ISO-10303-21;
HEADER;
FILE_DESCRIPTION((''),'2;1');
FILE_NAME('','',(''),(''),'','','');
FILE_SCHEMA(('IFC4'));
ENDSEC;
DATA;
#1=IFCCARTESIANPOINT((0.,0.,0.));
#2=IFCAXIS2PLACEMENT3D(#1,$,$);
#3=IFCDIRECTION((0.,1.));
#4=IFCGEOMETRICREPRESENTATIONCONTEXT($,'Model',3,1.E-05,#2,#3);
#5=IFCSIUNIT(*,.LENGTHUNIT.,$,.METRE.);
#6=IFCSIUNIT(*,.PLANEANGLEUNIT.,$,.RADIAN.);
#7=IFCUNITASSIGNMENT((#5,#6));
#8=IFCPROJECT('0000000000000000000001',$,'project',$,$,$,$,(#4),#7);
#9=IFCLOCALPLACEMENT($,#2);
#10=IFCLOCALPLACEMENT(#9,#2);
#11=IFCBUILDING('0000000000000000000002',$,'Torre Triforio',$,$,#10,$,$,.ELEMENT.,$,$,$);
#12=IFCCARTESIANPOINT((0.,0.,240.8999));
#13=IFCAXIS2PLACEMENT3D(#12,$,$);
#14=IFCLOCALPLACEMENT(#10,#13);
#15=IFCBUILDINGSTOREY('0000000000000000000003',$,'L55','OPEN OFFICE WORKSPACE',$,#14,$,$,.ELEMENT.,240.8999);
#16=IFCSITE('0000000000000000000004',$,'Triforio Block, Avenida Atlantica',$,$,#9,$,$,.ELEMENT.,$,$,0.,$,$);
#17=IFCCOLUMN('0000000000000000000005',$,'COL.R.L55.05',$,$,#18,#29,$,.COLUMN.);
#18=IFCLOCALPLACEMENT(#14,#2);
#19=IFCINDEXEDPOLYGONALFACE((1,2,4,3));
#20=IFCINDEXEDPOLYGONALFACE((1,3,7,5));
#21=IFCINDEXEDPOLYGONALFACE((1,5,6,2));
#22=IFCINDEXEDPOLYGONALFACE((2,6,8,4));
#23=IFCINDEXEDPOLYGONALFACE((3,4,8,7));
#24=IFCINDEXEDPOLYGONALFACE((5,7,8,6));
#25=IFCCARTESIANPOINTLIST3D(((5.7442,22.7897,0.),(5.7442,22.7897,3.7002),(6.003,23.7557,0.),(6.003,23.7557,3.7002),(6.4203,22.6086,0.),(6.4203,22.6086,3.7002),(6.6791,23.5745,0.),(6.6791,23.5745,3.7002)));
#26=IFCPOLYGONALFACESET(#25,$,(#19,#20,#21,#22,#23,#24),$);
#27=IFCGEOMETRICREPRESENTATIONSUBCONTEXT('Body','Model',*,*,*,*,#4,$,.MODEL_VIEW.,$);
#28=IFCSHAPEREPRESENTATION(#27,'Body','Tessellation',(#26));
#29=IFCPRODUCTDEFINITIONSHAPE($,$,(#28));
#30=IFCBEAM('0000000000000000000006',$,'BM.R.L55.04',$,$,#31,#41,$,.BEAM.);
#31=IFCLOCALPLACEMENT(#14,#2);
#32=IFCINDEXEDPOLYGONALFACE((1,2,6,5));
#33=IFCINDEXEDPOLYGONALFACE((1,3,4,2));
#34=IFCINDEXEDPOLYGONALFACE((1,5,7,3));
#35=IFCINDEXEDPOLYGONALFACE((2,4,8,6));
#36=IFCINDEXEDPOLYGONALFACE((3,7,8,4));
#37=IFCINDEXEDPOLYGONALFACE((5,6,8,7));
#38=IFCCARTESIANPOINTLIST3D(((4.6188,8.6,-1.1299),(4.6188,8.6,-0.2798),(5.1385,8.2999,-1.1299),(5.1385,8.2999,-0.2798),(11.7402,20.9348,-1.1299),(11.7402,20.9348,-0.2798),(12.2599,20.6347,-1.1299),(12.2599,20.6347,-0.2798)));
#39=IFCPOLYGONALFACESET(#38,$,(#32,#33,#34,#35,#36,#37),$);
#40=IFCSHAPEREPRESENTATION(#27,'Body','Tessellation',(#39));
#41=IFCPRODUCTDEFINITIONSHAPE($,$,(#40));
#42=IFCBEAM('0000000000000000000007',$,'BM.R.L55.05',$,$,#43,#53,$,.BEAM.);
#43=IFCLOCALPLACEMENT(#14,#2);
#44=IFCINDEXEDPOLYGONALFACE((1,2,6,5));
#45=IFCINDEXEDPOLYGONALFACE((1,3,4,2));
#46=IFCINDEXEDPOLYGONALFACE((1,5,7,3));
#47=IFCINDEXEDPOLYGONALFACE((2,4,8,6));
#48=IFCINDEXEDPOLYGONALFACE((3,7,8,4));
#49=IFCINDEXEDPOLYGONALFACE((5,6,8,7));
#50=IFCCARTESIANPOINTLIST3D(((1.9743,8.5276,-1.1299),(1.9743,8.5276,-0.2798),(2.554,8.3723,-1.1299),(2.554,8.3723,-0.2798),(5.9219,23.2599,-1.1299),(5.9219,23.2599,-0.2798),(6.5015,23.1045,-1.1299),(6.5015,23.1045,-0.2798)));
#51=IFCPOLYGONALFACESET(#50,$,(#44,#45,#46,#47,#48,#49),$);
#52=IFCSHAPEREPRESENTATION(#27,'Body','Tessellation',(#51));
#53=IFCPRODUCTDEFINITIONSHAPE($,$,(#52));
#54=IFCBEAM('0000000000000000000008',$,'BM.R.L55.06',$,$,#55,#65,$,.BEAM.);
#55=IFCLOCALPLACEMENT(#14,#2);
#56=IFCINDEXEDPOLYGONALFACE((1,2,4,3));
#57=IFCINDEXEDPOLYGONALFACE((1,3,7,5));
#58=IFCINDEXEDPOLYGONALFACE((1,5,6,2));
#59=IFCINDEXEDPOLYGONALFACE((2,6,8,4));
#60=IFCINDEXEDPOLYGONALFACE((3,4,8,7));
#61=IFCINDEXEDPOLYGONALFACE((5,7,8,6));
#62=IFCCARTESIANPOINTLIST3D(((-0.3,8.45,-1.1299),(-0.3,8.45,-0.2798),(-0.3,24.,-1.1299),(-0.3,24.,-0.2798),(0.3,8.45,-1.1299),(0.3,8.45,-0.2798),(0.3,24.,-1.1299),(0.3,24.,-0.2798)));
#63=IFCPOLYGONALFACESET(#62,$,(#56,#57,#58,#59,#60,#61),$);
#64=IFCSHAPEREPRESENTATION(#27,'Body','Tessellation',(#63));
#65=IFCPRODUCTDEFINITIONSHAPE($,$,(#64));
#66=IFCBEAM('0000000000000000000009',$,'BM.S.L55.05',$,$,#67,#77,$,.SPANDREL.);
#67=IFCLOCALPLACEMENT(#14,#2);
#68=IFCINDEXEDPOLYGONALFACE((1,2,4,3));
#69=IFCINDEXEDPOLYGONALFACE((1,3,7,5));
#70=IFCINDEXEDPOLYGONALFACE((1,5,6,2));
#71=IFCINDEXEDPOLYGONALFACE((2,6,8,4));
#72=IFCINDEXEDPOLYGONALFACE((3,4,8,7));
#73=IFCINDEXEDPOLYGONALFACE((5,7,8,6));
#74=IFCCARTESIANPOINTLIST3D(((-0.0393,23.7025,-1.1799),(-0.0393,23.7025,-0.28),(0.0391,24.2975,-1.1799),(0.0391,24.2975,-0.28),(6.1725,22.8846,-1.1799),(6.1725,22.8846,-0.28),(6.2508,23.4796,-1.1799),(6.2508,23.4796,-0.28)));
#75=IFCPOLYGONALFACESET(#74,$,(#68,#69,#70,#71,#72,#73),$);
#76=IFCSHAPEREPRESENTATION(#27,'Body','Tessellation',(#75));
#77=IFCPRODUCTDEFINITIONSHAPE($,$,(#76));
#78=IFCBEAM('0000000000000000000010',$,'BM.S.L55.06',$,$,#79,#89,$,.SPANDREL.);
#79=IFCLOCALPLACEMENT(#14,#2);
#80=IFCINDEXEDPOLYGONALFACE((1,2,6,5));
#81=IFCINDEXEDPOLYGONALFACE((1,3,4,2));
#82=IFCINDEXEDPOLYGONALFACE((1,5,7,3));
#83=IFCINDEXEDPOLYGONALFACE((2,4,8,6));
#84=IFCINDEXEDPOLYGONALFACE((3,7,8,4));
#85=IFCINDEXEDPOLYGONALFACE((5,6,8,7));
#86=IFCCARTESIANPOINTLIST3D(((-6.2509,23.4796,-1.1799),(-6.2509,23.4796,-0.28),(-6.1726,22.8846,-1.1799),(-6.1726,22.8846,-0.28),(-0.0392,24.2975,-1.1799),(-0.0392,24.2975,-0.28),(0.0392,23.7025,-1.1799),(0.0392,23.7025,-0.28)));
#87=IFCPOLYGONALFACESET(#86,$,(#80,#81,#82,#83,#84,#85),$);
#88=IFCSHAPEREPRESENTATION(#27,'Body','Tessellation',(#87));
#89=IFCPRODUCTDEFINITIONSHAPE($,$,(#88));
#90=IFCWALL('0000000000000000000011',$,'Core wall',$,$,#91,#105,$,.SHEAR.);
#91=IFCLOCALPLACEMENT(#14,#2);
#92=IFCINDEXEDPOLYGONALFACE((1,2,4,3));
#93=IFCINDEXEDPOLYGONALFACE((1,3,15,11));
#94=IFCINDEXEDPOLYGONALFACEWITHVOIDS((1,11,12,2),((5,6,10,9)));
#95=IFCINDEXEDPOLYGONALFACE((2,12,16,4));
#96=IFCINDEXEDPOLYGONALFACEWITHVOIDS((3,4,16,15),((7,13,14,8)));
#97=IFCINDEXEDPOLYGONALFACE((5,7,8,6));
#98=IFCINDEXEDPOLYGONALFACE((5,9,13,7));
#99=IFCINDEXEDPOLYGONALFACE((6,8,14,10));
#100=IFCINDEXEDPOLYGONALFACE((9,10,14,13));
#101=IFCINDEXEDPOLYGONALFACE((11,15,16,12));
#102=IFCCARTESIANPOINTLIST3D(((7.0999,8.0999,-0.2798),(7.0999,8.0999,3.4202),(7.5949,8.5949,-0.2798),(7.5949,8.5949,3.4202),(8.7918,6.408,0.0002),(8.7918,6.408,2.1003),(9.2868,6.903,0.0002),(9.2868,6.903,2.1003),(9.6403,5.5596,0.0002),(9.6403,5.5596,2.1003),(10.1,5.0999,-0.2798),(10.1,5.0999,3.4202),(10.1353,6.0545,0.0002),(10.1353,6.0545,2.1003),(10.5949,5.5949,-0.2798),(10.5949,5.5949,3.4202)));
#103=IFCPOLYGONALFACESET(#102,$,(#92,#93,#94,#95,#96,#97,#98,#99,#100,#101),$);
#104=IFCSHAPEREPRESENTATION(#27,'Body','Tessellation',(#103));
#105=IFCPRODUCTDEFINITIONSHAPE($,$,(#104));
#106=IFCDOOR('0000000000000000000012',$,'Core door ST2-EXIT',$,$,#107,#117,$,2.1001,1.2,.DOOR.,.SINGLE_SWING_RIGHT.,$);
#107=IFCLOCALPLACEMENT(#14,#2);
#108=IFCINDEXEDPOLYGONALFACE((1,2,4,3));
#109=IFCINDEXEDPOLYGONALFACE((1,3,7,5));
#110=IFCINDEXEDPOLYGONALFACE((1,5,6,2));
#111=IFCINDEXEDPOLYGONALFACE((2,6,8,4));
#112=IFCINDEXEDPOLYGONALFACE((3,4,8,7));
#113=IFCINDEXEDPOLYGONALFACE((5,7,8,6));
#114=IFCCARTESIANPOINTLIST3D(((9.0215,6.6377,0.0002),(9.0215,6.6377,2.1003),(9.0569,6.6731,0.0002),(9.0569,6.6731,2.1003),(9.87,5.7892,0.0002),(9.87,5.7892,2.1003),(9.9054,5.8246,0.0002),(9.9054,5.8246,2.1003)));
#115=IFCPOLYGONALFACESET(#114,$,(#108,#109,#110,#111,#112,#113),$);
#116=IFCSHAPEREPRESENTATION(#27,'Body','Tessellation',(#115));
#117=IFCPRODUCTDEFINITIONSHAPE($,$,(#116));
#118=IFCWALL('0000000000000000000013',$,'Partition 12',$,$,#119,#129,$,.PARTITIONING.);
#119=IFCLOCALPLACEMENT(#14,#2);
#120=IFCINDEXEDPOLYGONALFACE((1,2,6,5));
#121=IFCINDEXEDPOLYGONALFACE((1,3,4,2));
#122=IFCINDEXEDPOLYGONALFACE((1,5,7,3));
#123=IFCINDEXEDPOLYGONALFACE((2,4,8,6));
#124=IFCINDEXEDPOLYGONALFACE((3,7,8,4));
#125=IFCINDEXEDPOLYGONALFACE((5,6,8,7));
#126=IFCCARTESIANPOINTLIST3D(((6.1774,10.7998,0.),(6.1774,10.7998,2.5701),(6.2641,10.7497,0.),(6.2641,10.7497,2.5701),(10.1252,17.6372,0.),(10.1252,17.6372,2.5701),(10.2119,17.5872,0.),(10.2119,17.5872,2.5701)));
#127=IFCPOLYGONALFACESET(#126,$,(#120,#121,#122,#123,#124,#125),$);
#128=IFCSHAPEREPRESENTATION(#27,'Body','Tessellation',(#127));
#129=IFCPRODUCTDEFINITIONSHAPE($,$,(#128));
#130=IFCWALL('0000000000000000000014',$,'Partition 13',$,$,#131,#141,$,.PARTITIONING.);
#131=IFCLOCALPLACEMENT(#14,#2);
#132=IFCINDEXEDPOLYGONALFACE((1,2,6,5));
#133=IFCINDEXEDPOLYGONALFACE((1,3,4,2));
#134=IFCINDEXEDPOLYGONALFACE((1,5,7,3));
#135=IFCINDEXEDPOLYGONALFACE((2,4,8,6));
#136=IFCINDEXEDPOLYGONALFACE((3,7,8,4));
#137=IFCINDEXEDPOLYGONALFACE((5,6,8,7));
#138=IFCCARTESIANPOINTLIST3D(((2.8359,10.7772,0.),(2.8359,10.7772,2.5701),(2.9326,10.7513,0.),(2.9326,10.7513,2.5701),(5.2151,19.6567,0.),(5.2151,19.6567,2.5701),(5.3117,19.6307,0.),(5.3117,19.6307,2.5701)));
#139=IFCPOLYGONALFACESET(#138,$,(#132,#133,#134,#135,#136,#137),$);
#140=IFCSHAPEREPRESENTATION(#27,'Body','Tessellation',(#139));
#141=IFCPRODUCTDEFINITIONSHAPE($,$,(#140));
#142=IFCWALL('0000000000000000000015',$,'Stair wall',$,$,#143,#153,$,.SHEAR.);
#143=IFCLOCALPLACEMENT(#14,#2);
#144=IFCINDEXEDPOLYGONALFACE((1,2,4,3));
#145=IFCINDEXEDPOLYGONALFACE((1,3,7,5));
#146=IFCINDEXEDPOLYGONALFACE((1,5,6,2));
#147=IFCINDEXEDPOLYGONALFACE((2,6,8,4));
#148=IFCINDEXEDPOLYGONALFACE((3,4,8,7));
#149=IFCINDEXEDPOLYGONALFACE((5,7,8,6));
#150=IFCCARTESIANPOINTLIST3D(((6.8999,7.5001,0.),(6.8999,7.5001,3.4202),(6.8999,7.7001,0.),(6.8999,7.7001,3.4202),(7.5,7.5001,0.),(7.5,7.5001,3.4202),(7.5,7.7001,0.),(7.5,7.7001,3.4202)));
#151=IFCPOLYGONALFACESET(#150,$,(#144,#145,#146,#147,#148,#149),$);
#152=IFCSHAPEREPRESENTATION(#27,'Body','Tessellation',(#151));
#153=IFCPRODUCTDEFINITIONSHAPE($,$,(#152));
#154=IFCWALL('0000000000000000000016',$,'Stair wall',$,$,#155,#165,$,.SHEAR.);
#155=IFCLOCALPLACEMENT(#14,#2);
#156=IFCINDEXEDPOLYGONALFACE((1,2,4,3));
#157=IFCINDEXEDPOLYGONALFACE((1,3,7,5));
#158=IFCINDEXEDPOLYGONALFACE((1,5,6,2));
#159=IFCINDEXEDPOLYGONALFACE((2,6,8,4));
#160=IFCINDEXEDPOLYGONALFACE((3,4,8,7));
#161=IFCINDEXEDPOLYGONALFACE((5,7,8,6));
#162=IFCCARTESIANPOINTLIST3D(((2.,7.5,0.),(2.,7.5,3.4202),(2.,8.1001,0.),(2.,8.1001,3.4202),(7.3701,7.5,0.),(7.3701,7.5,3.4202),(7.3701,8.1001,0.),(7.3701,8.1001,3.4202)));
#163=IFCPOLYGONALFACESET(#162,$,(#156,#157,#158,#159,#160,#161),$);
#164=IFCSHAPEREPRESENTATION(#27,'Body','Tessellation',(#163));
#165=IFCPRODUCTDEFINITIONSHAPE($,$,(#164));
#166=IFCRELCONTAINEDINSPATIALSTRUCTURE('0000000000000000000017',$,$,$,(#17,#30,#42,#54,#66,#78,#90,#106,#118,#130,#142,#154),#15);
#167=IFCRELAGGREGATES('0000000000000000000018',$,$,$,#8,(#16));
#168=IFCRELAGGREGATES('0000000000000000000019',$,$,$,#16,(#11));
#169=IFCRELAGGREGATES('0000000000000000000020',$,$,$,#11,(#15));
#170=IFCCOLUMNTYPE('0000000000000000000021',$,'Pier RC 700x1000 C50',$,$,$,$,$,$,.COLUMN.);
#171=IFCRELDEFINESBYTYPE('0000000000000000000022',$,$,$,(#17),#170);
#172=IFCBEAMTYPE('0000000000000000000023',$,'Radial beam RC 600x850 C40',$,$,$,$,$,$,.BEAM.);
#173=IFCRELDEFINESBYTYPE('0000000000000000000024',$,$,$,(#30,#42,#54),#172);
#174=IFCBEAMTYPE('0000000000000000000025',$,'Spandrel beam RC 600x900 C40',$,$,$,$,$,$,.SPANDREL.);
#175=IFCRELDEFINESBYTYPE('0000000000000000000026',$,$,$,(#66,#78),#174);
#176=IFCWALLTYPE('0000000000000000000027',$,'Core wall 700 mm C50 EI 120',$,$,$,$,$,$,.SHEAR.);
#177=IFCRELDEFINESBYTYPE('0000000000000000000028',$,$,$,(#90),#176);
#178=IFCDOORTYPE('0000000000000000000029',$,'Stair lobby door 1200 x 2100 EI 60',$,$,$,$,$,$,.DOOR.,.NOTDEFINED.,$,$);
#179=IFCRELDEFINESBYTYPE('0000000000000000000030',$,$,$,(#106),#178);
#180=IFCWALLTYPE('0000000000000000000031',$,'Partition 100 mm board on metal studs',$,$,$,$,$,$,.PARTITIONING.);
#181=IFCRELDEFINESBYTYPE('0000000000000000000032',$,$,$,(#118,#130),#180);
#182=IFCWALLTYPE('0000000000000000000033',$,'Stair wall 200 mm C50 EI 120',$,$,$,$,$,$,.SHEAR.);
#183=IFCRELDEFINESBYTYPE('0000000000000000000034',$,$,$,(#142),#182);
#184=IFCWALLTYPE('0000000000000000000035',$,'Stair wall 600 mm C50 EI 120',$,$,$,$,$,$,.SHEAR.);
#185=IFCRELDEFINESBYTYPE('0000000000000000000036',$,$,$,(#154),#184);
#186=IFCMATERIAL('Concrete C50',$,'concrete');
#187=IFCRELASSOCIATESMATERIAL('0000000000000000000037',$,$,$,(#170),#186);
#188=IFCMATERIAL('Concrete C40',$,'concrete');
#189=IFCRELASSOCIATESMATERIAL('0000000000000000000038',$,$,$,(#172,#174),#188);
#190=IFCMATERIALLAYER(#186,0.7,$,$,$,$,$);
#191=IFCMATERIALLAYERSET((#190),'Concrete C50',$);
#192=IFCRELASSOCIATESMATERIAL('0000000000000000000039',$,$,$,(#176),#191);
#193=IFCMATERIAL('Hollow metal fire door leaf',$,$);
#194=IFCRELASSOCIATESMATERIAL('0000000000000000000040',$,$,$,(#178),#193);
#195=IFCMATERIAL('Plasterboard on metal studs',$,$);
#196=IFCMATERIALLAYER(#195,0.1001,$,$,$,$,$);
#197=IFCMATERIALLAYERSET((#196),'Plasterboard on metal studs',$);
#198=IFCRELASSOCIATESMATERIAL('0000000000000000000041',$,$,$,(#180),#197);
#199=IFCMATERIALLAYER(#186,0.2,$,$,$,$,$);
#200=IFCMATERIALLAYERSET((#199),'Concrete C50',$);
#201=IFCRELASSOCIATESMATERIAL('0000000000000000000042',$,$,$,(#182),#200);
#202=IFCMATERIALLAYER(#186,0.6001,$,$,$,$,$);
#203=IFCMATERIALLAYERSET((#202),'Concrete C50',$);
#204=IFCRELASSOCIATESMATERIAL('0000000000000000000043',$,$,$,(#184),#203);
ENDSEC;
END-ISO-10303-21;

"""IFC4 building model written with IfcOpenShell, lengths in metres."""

from ifc_helpers import new_model, si_unit, direction, frame, frame_2d, origin, origin_2d, place, context, subcontext, project, spatial, rectangle, extrude, material, layer, layer_set, material_profile, profile_set, type_object, element, fill, save


model = new_model("IFC4")

# Units and contexts
model_context = context("Model", 3, precision=1e-05, world=origin(), true_north=direction((0.0, 1.0)))
body_context = subcontext(model_context, "Body", "Model", "MODEL_VIEW")
ifc_project = project(units=[si_unit("LENGTHUNIT", "METRE"), si_unit("PLANEANGLEUNIT", "RADIAN")], contexts=[model_context])

# Site, building, storey
site_placement = place(None, origin())
site = spatial("IfcSite", under=ifc_project, at=site_placement, Name="Triforio Block, Avenida Atlantica", CompositionType="ELEMENT", RefElevation=0.0)
building_placement = place(site_placement, origin())
building = spatial("IfcBuilding", under=site, at=building_placement, Name="Torre Triforio", CompositionType="ELEMENT")
storey_placement = place(building_placement, frame((0.0, 0.0, 240.8999)))
storey = spatial("IfcBuildingStorey", under=building, at=storey_placement, Name="L55", Description="OPEN OFFICE WORKSPACE", CompositionType="ELEMENT", Elevation=240.8999)

# Column
ifc_material_1 = material(Name="Concrete C50", Category="concrete")
ifc_material_profile_1 = material_profile(ifc_material_1, rectangle(XDim=0.7, YDim=1.0, at=origin_2d()), Name="RC 700x1000")
ifc_profile_set_1 = profile_set([ifc_material_profile_1], Name="Concrete C50")
column_type = type_object("IfcColumnType", Name="Pier RC 700x1000 C50", PredefinedType="COLUMN", material=ifc_profile_set_1)
column_placement = place(storey_placement, frame((6.2117, 23.1821, 0.0), z_axis=(0.0, 0.0, 1.0), x_axis=(-0.965926, 0.258819, 0.0)))
element("IfcColumn", 1, at=column_placement, inside=storey, type_object=column_type, Name="COL.R.L55.05", PredefinedType="COLUMN", context=body_context, shape_type="SweptSolid", body=[
    extrude(rectangle(XDim=0.7, YDim=1.0, at=origin_2d()), origin(), (0.0, 0.0, 1.0), 3.7002),
])

# Beams
ifc_material_2 = material(Name="Concrete C40", Category="concrete")
ifc_material_profile_2 = material_profile(ifc_material_2, rectangle(XDim=0.6001, YDim=0.8501, at=origin_2d()), Name="RC 600x850")
ifc_profile_set_2 = profile_set([ifc_material_profile_2], Name="Concrete C40")
beam_type_1 = type_object("IfcBeamType", Name="Radial beam RC 600x850 C40", PredefinedType="BEAM", material=ifc_profile_set_2)
beam_1_placement = place(storey_placement, frame((4.8787, 8.45, -0.7048), z_axis=(0.499994, 0.866029, 0.0), x_axis=(-0.866029, 0.499994, 0.0)))
element("IfcBeam", 2, at=beam_1_placement, inside=storey, type_object=beam_type_1, Name="BM.R.L55.04", PredefinedType="BEAM", context=body_context, shape_type="SweptSolid", body=[
    extrude(rectangle(XDim=0.6001, YDim=0.8501, at=origin_2d()), origin(), (0.0, 0.0, 1.0), 14.2429),
])
beam_2_placement = place(storey_placement, frame((2.2642, 8.45, -0.7048), z_axis=(0.258821, 0.965925, 0.0), x_axis=(-0.965925, 0.258821, 0.0)))
element("IfcBeam", 3, at=beam_2_placement, inside=storey, type_object=beam_type_1, Name="BM.R.L55.05", PredefinedType="BEAM", context=body_context, shape_type="SweptSolid", body=[
    extrude(rectangle(XDim=0.6001, YDim=0.8501, at=origin_2d()), origin(), (0.0, 0.0, 1.0), 15.252),
])
beam_3_placement = place(storey_placement, frame((0.0, 8.45, -0.7048), z_axis=(0.0, 1.0, 0.0), x_axis=(-1.0, 0.0, 0.0)))
element("IfcBeam", 4, at=beam_3_placement, inside=storey, type_object=beam_type_1, Name="BM.R.L55.06", PredefinedType="BEAM", context=body_context, shape_type="SweptSolid", body=[
    extrude(rectangle(XDim=0.6001, YDim=0.8501, at=origin_2d()), origin(), (0.0, 0.0, 1.0), 15.55),
])
ifc_material_profile_3 = material_profile(ifc_material_2, rectangle(XDim=0.6001, YDim=0.8999, at=origin_2d()), Name="RC 600x900")
ifc_profile_set_3 = profile_set([ifc_material_profile_3], Name="Concrete C40")
beam_type_2 = type_object("IfcBeamType", Name="Spandrel beam RC 600x900 C40", PredefinedType="SPANDREL", material=ifc_profile_set_3)
for number, where, z_axis, x_axis, name in (
    (5, (6.2117, 23.1821, -0.73), (-0.991443, 0.13054, 0.0), (-0.13054, -0.991443, 0.0), "BM.S.L55.05"),
    (6, (0.0, 24.0, -0.73), (-0.991443, -0.13054, 0.0), (0.13054, -0.991443, 0.0), "BM.S.L55.06"),
):
    element("IfcBeam", number, at=place(storey_placement, frame(where, z_axis=z_axis, x_axis=x_axis)), inside=storey, type_object=beam_type_2, Name=name, PredefinedType="SPANDREL", context=body_context, shape_type="SweptSolid", body=[
        extrude(rectangle(XDim=0.6001, YDim=0.8999, at=origin_2d()), origin(), (0.0, 0.0, 1.0), 6.2654),
    ])

# Wall, opening, door
ifc_layer_1 = layer(ifc_material_1, 0.7)
ifc_layer_set_1 = layer_set([ifc_layer_1], Name="Concrete C50")
wall_type_1 = type_object("IfcWallType", Name="Core wall 700 mm C50 EI 120", PredefinedType="SHEAR", material=ifc_layer_set_1)
wall_1_placement = place(storey_placement, frame((7.3474, 8.3474, -0.2798), z_axis=(0.0, 0.0, 1.0), x_axis=(0.707107, -0.707107, 0.0)))
wall_1 = element("IfcWall", 7, at=wall_1_placement, inside=storey, type_object=wall_type_1, Name="Core wall", PredefinedType="SHEAR", context=body_context, shape_type="SweptSolid", body=[
    extrude(rectangle(XDim=4.2427, YDim=0.7, at=frame_2d((2.1213, 0.0))), origin(), (0.0, 0.0, 1.0), 3.7),
])
opening_1_placement = place(wall_1_placement, frame((2.3926, 0.0, 0.28)))
opening_1 = element("IfcOpeningElement", 8, at=opening_1_placement, cuts=wall_1, PredefinedType="OPENING", context=body_context, shape_type="SweptSolid", body=[
    extrude(rectangle(XDim=1.2, YDim=2.1001, at=frame_2d((0.6001, 1.05))), frame((0.0, 0.3599, 0.0), z_axis=(0.0, -1.0, 0.0), x_axis=(1.0, 0.0, 0.0)), (0.0, 0.0, 1.0), 0.72),
])
ifc_material_3 = material(Name="Hollow metal fire door leaf")
door_type_1 = type_object("IfcDoorType", Name="Stair lobby door 1200 x 2100 EI 60", OperationType="NOTDEFINED", PredefinedType="DOOR", material=ifc_material_3)
door_1_placement = place(opening_1_placement, origin())
door_1 = element("IfcDoor", 9, at=door_1_placement, inside=storey, type_object=door_type_1, Name="Core door ST2-EXIT", OperationType="SINGLE_SWING_RIGHT", OverallHeight=2.1001, OverallWidth=1.2, PredefinedType="DOOR", context=body_context, shape_type="SweptSolid", body=[
    extrude(rectangle(XDim=1.2, YDim=2.1001, at=frame_2d((0.6001, 1.05))), frame((0.0, 0.0249, 0.0), z_axis=(0.0, -1.0, 0.0), x_axis=(1.0, 0.0, 0.0)), (0.0, 0.0, 1.0), 0.05),
])
fill(opening_1, door_1)

# Walls
ifc_material_4 = material(Name="Plasterboard on metal studs")
ifc_layer_2 = layer(ifc_material_4, 0.1001)
ifc_layer_set_2 = layer_set([ifc_layer_2], Name="Plasterboard on metal studs")
wall_type_2 = type_object("IfcWallType", Name="Partition 100 mm board on metal studs", PredefinedType="PARTITIONING", material=ifc_layer_set_2)
wall_2_placement = place(storey_placement, frame((6.2207, 10.7747, 0.0), z_axis=(0.0, 0.0, 1.0), x_axis=(0.500017, 0.866016, 0.0)))
element("IfcWall", 10, at=wall_2_placement, inside=storey, type_object=wall_type_2, Name="Partition 12", PredefinedType="PARTITIONING", context=body_context, shape_type="SweptSolid", body=[
    extrude(rectangle(XDim=7.8953, YDim=0.1001, at=frame_2d((3.9478, 0.0))), origin(), (0.0, 0.0, 1.0), 2.5701),
])
wall_3_placement = place(storey_placement, frame((2.8843, 10.7644, 0.0), z_axis=(0.0, 0.0, 1.0), x_axis=(0.258811, 0.965928, 0.0)))
element("IfcWall", 11, at=wall_3_placement, inside=storey, type_object=wall_type_2, Name="Partition 13", PredefinedType="PARTITIONING", context=body_context, shape_type="SweptSolid", body=[
    extrude(rectangle(XDim=9.1926, YDim=0.1001, at=frame_2d((4.5962, 0.0))), origin(), (0.0, 0.0, 1.0), 2.5701),
])
ifc_layer_3 = layer(ifc_material_1, 0.2)
ifc_layer_set_3 = layer_set([ifc_layer_3], Name="Concrete C50")
wall_type_3 = type_object("IfcWallType", Name="Stair wall 200 mm C50 EI 120", PredefinedType="SHEAR", material=ifc_layer_set_3)
wall_4_placement = place(storey_placement, frame((6.8999, 7.6001, 0.0), z_axis=(0.0, 0.0, 1.0), x_axis=(1.0, 0.0, 0.0)))
element("IfcWall", 12, at=wall_4_placement, inside=storey, type_object=wall_type_3, Name="Stair wall", PredefinedType="SHEAR", context=body_context, shape_type="SweptSolid", body=[
    extrude(rectangle(XDim=0.6001, YDim=0.2, at=frame_2d((0.3, 0.0))), origin(), (0.0, 0.0, 1.0), 3.4202),
])
ifc_layer_4 = layer(ifc_material_1, 0.6001)
ifc_layer_set_4 = layer_set([ifc_layer_4], Name="Concrete C50")
wall_type_4 = type_object("IfcWallType", Name="Stair wall 600 mm C50 EI 120", PredefinedType="SHEAR", material=ifc_layer_set_4)
wall_5_placement = place(storey_placement, frame((2.0, 7.8, 0.0), z_axis=(0.0, 0.0, 1.0), x_axis=(1.0, 0.0, 0.0)))
element("IfcWall", 13, at=wall_5_placement, inside=storey, type_object=wall_type_4, Name="Stair wall", PredefinedType="SHEAR", context=body_context, shape_type="SweptSolid", body=[
    extrude(rectangle(XDim=5.3701, YDim=0.6001, at=frame_2d((2.6851, 0.0))), origin(), (0.0, 0.0, 1.0), 3.4202),
])

save(model, "model.ifc")
